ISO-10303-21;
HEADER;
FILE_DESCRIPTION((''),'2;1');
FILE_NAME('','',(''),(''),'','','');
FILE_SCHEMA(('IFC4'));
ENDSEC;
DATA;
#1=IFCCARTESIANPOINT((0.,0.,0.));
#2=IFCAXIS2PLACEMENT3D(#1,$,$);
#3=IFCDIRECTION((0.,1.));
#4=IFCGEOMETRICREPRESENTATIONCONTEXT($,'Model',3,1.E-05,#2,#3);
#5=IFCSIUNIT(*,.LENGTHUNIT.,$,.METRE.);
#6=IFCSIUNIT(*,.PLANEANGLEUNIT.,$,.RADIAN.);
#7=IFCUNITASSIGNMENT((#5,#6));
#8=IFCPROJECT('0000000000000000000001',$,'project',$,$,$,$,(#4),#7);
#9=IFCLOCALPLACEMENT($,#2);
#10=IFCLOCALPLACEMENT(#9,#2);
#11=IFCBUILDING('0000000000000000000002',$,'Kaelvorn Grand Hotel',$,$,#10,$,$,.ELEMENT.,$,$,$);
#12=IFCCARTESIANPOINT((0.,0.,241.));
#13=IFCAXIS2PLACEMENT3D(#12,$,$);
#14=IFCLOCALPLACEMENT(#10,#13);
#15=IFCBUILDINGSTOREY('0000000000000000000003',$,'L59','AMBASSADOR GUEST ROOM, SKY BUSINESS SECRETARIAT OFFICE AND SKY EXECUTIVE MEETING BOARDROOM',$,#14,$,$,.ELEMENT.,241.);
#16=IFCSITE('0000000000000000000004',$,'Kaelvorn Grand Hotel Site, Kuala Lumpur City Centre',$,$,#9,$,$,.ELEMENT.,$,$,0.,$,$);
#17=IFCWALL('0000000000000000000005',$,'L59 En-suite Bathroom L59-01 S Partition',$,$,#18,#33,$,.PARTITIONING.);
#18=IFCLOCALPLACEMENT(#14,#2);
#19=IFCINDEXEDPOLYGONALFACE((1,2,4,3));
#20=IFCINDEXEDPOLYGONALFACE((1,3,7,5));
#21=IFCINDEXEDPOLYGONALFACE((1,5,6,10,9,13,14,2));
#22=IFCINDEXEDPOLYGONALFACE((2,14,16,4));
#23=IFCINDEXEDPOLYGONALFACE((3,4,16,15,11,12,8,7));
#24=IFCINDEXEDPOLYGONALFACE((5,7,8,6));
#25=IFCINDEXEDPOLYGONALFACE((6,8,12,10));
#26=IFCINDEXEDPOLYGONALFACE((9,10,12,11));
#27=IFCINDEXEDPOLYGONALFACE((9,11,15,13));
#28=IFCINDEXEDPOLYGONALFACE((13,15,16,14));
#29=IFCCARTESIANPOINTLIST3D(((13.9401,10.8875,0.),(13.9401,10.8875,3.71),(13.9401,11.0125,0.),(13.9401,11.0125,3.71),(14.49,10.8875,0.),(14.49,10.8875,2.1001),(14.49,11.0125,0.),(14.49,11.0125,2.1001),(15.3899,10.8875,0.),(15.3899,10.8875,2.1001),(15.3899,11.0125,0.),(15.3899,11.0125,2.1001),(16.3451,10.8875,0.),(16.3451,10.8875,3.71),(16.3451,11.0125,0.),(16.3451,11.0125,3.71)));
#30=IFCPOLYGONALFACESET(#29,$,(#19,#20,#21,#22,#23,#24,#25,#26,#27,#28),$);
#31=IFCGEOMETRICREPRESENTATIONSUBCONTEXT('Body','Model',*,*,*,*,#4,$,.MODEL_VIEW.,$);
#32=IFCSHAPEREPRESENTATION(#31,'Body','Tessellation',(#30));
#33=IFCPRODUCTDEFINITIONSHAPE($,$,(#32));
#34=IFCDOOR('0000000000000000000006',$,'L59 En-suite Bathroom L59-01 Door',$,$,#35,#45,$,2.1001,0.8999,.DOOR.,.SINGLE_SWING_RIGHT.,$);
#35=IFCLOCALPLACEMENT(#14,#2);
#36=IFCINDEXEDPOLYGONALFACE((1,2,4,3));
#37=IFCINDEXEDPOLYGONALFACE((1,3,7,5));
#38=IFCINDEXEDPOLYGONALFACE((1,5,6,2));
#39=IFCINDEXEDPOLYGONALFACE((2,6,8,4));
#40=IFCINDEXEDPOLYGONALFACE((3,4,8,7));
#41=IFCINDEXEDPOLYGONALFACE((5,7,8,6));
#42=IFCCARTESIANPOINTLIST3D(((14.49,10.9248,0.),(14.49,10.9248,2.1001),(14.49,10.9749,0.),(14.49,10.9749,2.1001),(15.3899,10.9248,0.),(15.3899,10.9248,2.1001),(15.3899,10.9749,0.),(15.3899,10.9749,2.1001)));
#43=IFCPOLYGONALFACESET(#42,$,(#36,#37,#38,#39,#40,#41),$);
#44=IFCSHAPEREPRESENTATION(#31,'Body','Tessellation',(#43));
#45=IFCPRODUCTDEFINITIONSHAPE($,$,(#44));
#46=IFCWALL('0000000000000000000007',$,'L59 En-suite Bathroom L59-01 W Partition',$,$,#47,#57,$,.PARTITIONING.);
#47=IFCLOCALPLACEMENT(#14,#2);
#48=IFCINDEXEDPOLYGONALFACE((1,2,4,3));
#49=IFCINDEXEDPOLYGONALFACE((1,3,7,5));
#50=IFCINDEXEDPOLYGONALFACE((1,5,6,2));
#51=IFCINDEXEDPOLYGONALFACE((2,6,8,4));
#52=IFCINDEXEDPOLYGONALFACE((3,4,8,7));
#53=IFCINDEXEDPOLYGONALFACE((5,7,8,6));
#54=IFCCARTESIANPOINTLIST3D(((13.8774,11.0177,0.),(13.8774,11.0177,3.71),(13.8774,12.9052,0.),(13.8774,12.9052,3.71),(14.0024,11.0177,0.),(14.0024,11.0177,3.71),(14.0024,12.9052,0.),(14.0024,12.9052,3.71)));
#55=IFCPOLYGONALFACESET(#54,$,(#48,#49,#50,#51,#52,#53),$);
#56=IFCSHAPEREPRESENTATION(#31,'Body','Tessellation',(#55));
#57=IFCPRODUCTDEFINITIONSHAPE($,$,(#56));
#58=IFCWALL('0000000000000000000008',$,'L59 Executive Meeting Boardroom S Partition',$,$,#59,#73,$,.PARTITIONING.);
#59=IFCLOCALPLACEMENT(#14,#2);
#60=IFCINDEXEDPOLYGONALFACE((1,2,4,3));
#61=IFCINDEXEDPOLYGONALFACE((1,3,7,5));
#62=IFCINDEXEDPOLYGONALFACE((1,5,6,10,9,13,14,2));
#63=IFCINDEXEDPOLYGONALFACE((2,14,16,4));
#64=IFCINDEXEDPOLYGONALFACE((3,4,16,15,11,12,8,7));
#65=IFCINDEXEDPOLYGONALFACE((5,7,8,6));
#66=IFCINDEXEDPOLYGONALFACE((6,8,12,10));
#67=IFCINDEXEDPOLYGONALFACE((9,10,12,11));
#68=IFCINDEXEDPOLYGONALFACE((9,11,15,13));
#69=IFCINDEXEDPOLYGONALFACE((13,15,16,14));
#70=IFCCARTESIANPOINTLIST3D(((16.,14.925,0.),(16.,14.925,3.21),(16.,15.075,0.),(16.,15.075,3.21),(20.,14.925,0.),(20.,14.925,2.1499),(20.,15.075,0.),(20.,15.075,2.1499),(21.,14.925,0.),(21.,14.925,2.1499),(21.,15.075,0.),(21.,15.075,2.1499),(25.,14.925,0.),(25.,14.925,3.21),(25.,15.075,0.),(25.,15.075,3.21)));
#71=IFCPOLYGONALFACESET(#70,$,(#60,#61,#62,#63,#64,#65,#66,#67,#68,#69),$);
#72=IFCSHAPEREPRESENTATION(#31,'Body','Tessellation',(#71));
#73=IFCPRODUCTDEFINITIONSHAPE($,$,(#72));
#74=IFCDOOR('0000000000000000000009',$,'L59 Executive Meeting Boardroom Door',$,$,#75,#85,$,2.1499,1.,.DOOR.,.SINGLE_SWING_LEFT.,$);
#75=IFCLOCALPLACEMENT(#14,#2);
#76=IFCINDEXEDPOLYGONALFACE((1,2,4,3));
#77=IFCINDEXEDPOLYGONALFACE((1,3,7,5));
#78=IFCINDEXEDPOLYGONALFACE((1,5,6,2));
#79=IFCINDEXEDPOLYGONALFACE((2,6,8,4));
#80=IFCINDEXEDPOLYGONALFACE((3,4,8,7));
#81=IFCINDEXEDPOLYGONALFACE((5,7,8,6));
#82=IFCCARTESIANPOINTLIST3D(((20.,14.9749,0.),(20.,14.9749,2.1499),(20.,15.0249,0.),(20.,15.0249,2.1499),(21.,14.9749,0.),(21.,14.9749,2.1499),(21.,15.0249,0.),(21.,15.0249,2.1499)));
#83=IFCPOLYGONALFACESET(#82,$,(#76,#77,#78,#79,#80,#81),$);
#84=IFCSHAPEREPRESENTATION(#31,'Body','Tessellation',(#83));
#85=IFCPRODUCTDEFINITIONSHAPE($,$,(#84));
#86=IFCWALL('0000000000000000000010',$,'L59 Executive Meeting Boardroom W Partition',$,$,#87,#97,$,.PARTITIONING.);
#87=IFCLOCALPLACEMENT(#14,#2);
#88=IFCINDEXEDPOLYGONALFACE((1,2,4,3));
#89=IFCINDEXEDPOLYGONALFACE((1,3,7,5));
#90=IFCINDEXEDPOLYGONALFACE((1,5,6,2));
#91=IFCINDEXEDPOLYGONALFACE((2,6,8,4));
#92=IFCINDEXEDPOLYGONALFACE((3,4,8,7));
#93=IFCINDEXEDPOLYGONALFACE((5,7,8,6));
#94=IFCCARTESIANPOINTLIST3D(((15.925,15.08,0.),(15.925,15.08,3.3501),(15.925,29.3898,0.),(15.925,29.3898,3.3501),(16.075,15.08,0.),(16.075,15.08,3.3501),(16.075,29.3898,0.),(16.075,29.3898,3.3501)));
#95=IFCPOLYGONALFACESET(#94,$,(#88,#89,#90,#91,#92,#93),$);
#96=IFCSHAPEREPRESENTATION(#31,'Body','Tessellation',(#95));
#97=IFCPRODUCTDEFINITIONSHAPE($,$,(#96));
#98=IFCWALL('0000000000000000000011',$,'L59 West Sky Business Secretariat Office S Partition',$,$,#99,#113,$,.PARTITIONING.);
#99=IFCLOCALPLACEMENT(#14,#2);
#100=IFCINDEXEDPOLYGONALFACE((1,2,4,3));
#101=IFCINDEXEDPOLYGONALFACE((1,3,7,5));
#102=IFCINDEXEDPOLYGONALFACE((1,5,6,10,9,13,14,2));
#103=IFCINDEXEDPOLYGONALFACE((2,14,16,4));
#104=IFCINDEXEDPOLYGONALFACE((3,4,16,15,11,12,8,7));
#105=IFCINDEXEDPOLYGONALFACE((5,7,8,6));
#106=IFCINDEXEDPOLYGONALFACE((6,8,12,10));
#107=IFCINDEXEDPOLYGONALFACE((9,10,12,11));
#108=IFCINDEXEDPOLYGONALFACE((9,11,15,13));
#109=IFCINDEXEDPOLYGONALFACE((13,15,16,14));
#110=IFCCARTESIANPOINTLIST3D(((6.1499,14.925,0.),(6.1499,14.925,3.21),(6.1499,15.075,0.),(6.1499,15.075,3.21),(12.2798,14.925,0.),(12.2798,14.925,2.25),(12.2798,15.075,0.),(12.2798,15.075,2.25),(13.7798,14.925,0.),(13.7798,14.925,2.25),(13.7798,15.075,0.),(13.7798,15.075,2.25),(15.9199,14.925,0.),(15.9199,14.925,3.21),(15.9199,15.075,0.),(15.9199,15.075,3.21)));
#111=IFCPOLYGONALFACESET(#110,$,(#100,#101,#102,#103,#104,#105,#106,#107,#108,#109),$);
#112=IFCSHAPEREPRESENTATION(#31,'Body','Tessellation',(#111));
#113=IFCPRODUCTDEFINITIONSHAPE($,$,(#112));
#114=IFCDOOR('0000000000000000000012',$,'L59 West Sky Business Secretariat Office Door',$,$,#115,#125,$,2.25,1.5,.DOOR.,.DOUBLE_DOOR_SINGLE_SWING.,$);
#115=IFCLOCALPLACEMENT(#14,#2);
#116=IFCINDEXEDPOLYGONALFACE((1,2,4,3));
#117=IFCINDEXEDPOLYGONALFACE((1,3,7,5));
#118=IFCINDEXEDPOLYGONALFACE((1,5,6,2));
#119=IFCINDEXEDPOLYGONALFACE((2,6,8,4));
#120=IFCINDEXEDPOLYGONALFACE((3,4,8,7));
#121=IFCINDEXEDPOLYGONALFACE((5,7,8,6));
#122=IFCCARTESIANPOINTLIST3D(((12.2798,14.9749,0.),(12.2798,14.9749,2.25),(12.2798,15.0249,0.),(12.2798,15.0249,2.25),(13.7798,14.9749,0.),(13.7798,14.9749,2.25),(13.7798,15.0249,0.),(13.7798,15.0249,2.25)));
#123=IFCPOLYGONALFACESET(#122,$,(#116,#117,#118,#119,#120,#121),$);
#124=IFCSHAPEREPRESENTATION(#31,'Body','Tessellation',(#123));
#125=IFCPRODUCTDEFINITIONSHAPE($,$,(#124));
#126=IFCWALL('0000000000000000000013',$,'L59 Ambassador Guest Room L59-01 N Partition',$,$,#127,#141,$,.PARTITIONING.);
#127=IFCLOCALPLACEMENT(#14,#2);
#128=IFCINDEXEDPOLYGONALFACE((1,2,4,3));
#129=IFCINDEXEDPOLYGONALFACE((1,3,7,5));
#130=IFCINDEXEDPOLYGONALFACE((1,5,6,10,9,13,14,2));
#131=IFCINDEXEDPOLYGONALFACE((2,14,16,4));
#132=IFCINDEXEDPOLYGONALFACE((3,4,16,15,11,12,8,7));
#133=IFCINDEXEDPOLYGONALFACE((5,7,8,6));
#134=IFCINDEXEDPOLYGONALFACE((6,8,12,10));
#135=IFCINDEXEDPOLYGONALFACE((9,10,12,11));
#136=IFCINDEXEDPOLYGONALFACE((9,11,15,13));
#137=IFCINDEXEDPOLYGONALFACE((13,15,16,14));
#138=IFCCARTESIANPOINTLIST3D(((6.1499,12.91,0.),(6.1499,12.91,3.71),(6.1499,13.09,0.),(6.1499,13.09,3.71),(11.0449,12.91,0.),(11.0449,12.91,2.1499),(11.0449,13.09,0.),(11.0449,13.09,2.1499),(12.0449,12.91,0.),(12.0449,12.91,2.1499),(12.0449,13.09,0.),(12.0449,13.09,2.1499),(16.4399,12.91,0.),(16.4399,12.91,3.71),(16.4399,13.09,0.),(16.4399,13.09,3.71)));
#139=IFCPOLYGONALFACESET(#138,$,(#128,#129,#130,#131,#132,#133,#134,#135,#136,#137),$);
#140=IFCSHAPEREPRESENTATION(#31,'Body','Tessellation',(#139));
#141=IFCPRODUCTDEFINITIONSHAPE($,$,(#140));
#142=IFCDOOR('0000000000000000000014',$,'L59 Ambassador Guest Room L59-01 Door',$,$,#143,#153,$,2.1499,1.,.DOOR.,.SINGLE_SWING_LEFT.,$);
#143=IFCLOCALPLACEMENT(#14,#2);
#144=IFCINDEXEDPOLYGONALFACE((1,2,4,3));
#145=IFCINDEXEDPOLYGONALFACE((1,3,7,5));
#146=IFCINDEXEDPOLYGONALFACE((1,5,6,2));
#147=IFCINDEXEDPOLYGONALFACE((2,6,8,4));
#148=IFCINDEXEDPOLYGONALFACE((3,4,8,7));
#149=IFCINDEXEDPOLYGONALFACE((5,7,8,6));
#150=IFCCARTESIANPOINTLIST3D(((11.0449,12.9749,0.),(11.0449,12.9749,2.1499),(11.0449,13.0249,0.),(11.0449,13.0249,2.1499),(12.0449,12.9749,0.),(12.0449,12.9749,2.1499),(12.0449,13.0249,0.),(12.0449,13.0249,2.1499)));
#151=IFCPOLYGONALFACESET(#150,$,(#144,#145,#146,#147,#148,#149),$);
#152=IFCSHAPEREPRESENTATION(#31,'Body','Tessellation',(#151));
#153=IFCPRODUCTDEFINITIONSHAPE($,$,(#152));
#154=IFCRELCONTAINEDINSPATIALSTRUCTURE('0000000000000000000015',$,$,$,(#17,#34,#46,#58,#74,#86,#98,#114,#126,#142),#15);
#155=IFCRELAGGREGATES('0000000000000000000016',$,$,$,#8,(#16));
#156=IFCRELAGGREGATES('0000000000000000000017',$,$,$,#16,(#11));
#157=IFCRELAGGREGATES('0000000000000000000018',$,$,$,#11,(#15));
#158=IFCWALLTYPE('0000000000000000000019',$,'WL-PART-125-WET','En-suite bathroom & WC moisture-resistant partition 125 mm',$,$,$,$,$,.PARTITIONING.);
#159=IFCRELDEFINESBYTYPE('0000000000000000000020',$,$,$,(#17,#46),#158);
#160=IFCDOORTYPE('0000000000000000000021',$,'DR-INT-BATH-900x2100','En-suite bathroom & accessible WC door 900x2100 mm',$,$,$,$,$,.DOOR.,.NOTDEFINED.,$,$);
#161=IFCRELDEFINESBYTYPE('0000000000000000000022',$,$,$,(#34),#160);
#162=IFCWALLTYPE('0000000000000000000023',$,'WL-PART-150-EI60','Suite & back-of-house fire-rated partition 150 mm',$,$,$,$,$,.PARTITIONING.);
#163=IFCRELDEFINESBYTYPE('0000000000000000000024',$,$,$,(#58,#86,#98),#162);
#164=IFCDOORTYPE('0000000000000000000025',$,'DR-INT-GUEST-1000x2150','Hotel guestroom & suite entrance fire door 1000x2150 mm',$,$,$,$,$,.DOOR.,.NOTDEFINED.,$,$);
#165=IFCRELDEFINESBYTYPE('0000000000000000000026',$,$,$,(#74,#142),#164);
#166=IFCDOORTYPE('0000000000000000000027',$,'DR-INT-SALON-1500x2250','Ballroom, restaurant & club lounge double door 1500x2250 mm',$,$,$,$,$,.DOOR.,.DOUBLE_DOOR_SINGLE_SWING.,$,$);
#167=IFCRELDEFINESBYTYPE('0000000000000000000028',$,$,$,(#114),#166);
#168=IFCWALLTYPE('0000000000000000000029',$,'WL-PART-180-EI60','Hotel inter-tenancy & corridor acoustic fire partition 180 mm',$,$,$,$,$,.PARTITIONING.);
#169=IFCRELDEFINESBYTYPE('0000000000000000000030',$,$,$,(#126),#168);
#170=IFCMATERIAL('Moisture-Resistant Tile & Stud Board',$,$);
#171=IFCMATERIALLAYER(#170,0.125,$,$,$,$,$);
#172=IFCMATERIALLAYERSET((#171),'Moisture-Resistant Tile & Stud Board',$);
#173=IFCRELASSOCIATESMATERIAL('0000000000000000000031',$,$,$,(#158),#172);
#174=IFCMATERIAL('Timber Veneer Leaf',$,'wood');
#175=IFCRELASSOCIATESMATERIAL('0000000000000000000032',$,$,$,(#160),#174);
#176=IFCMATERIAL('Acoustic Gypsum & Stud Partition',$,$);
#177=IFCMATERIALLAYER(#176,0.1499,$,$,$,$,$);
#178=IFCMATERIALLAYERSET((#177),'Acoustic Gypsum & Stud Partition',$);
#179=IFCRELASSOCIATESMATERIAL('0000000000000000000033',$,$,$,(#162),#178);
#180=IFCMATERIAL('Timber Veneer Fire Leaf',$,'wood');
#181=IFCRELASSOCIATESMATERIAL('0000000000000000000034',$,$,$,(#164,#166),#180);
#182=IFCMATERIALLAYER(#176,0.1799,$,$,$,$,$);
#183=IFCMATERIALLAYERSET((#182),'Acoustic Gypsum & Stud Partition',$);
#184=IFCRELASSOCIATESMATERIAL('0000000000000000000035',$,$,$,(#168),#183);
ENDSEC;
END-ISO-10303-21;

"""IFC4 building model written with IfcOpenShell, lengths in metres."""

from ifc_helpers import new_model, si_unit, direction, frame, frame_2d, origin, place, context, subcontext, project, spatial, rectangle, extrude, material, layer, layer_set, type_object, element, fill, save


model = new_model("IFC4")

# Units and contexts
model_context = context("Model", 3, precision=1e-05, world=origin(), true_north=direction((0.0, 1.0)))
body_context = subcontext(model_context, "Body", "Model", "MODEL_VIEW")
ifc_project = project(units=[si_unit("LENGTHUNIT", "METRE"), si_unit("PLANEANGLEUNIT", "RADIAN")], contexts=[model_context])

# Site, building, storey
site_placement = place(None, origin())
site = spatial("IfcSite", under=ifc_project, at=site_placement, Name="Kaelvorn Grand Hotel Site, Kuala Lumpur City Centre", CompositionType="ELEMENT", RefElevation=0.0)
building_placement = place(site_placement, origin())
building = spatial("IfcBuilding", under=site, at=building_placement, Name="Kaelvorn Grand Hotel", CompositionType="ELEMENT")
storey_placement = place(building_placement, frame((0.0, 0.0, 241.0)))
storey = spatial("IfcBuildingStorey", under=building, at=storey_placement, Name="L59", Description="AMBASSADOR GUEST ROOM, SKY BUSINESS SECRETARIAT OFFICE AND SKY EXECUTIVE MEETING BOARDROOM", CompositionType="ELEMENT", Elevation=241.0)

# Wall, opening, door
ifc_material_1 = material(Name="Moisture-Resistant Tile & Stud Board")
ifc_layer_1 = layer(ifc_material_1, 0.125)
ifc_layer_set_1 = layer_set([ifc_layer_1], Name="Moisture-Resistant Tile & Stud Board")
wall_type_1 = type_object("IfcWallType", Name="WL-PART-125-WET", Description="En-suite bathroom & WC moisture-resistant partition 125 mm", PredefinedType="PARTITIONING", material=ifc_layer_set_1)
wall_1_placement = place(storey_placement, frame((13.9399, 10.95, 0.0), z_axis=(0.0, 0.0, 1.0), x_axis=(1.0, 0.0, 0.0)))
wall_1 = element("IfcWall", 1, at=wall_1_placement, inside=storey, type_object=wall_type_1, Name="L59 En-suite Bathroom L59-01 S Partition", PredefinedType="PARTITIONING", context=body_context, shape_type="SweptSolid", body=[
    extrude(rectangle(XDim=2.405, YDim=0.125, at=frame_2d((1.2026, 0.0))), origin(), (0.0, 0.0, 1.0), 3.71),
])
opening_1_placement = place(wall_1_placement, frame((0.55, 0.0, 0.0)))
opening_1 = element("IfcOpeningElement", 2, at=opening_1_placement, cuts=wall_1, PredefinedType="OPENING", context=body_context, shape_type="SweptSolid", body=[
    extrude(rectangle(XDim=0.8999, YDim=2.1001, at=frame_2d((0.45, 1.05))), frame((0.0, 0.0725, 0.0), z_axis=(0.0, -1.0, 0.0), x_axis=(1.0, 0.0, 0.0)), (0.0, 0.0, 1.0), 0.145),
])
ifc_material_2 = material(Name="Timber Veneer Leaf", Category="wood")
door_type_1 = type_object("IfcDoorType", Name="DR-INT-BATH-900x2100", Description="En-suite bathroom & accessible WC door 900x2100 mm", OperationType="NOTDEFINED", PredefinedType="DOOR", material=ifc_material_2)
door_1_placement = place(opening_1_placement, origin())
door_1 = element("IfcDoor", 3, at=door_1_placement, inside=storey, type_object=door_type_1, Name="L59 En-suite Bathroom L59-01 Door", OperationType="SINGLE_SWING_RIGHT", OverallHeight=2.1001, OverallWidth=0.8999, PredefinedType="DOOR", context=body_context, shape_type="SweptSolid", body=[
    extrude(rectangle(XDim=0.8999, YDim=2.1001, at=frame_2d((0.45, 1.05))), frame((0.0, 0.0249, 0.0), z_axis=(0.0, -1.0, 0.0), x_axis=(1.0, 0.0, 0.0)), (0.0, 0.0, 1.0), 0.05),
])
fill(opening_1, door_1)

# Wall
wall_2_placement = place(storey_placement, frame((13.9399, 11.0176, 0.0), z_axis=(0.0, 0.0, 1.0), x_axis=(0.0, 1.0, 0.0)))
element("IfcWall", 4, at=wall_2_placement, inside=storey, type_object=wall_type_1, Name="L59 En-suite Bathroom L59-01 W Partition", PredefinedType="PARTITIONING", context=body_context, shape_type="SweptSolid", body=[
    extrude(rectangle(XDim=1.8875, YDim=0.125, at=frame_2d((0.9438, 0.0))), origin(), (0.0, 0.0, 1.0), 3.71),
])

# Wall, opening, door
ifc_material_3 = material(Name="Acoustic Gypsum & Stud Partition")
ifc_layer_2 = layer(ifc_material_3, 0.1499)
ifc_layer_set_2 = layer_set([ifc_layer_2], Name="Acoustic Gypsum & Stud Partition")
wall_type_2 = type_object("IfcWallType", Name="WL-PART-150-EI60", Description="Suite & back-of-house fire-rated partition 150 mm", PredefinedType="PARTITIONING", material=ifc_layer_set_2)
wall_3_placement = place(storey_placement, frame((16.0, 15.0, 0.0), z_axis=(0.0, 0.0, 1.0), x_axis=(1.0, 0.0, 0.0)))
wall_3 = element("IfcWall", 5, at=wall_3_placement, inside=storey, type_object=wall_type_2, Name="L59 Executive Meeting Boardroom S Partition", PredefinedType="PARTITIONING", context=body_context, shape_type="SweptSolid", body=[
    extrude(rectangle(XDim=9.0, YDim=0.1499, at=frame_2d((4.5, 0.0))), origin(), (0.0, 0.0, 1.0), 3.21),
])
opening_2_placement = place(wall_3_placement, frame((4.0, 0.0, 0.0)))
opening_2 = element("IfcOpeningElement", 6, at=opening_2_placement, cuts=wall_3, PredefinedType="OPENING", context=body_context, shape_type="SweptSolid", body=[
    extrude(rectangle(XDim=1.0, YDim=2.1499, at=frame_2d((0.5, 1.075))), frame((0.0, 0.085, 0.0), z_axis=(0.0, -1.0, 0.0), x_axis=(1.0, 0.0, 0.0)), (0.0, 0.0, 1.0), 0.1699),
])
ifc_material_4 = material(Name="Timber Veneer Fire Leaf", Category="wood")
door_type_2 = type_object("IfcDoorType", Name="DR-INT-GUEST-1000x2150", Description="Hotel guestroom & suite entrance fire door 1000x2150 mm", OperationType="NOTDEFINED", PredefinedType="DOOR", material=ifc_material_4)
door_2_placement = place(opening_2_placement, origin())
door_2 = element("IfcDoor", 7, at=door_2_placement, inside=storey, type_object=door_type_2, Name="L59 Executive Meeting Boardroom Door", OperationType="SINGLE_SWING_LEFT", OverallHeight=2.1499, OverallWidth=1.0, PredefinedType="DOOR", context=body_context, shape_type="SweptSolid", body=[
    extrude(rectangle(XDim=1.0, YDim=2.1499, at=frame_2d((0.5, 1.075))), frame((0.0, 0.0249, 0.0), z_axis=(0.0, -1.0, 0.0), x_axis=(1.0, 0.0, 0.0)), (0.0, 0.0, 1.0), 0.05),
])
fill(opening_2, door_2)

# Wall
wall_4_placement = place(storey_placement, frame((16.0, 15.0801, 0.0), z_axis=(0.0, 0.0, 1.0), x_axis=(0.0, 1.0, 0.0)))
element("IfcWall", 8, at=wall_4_placement, inside=storey, type_object=wall_type_2, Name="L59 Executive Meeting Boardroom W Partition", PredefinedType="PARTITIONING", context=body_context, shape_type="SweptSolid", body=[
    extrude(rectangle(XDim=14.3098, YDim=0.1499, at=frame_2d((7.1548, 0.0))), origin(), (0.0, 0.0, 1.0), 3.3501),
])

# Walls, openings, doors
wall_5_placement = place(storey_placement, frame((6.1499, 15.0, 0.0), z_axis=(0.0, 0.0, 1.0), x_axis=(1.0, 0.0, 0.0)))
wall_5 = element("IfcWall", 9, at=wall_5_placement, inside=storey, type_object=wall_type_2, Name="L59 West Sky Business Secretariat Office S Partition", PredefinedType="PARTITIONING", context=body_context, shape_type="SweptSolid", body=[
    extrude(rectangle(XDim=9.77, YDim=0.1499, at=frame_2d((4.885, 0.0))), origin(), (0.0, 0.0, 1.0), 3.21),
])
opening_3_placement = place(wall_5_placement, frame((6.1299, 0.0, 0.0)))
opening_3 = element("IfcOpeningElement", 10, at=opening_3_placement, cuts=wall_5, PredefinedType="OPENING", context=body_context, shape_type="SweptSolid", body=[
    extrude(rectangle(XDim=1.5, YDim=2.25, at=frame_2d((0.75, 1.125))), frame((0.0, 0.085, 0.0), z_axis=(0.0, -1.0, 0.0), x_axis=(1.0, 0.0, 0.0)), (0.0, 0.0, 1.0), 0.1699),
])
door_type_3 = type_object("IfcDoorType", Name="DR-INT-SALON-1500x2250", Description="Ballroom, restaurant & club lounge double door 1500x2250 mm", OperationType="DOUBLE_DOOR_SINGLE_SWING", PredefinedType="DOOR", material=ifc_material_4)
door_3_placement = place(opening_3_placement, origin())
door_3 = element("IfcDoor", 11, at=door_3_placement, inside=storey, type_object=door_type_3, Name="L59 West Sky Business Secretariat Office Door", OperationType="DOUBLE_DOOR_SINGLE_SWING", OverallHeight=2.25, OverallWidth=1.5, PredefinedType="DOOR", context=body_context, shape_type="SweptSolid", body=[
    extrude(rectangle(XDim=1.5, YDim=2.25, at=frame_2d((0.75, 1.125))), frame((0.0, 0.0249, 0.0), z_axis=(0.0, -1.0, 0.0), x_axis=(1.0, 0.0, 0.0)), (0.0, 0.0, 1.0), 0.05),
])
fill(opening_3, door_3)
ifc_layer_3 = layer(ifc_material_3, 0.1799)
ifc_layer_set_3 = layer_set([ifc_layer_3], Name="Acoustic Gypsum & Stud Partition")
wall_type_3 = type_object("IfcWallType", Name="WL-PART-180-EI60", Description="Hotel inter-tenancy & corridor acoustic fire partition 180 mm", PredefinedType="PARTITIONING", material=ifc_layer_set_3)
wall_6_placement = place(storey_placement, frame((6.1499, 13.0, 0.0), z_axis=(0.0, 0.0, 1.0), x_axis=(1.0, 0.0, 0.0)))
wall_6 = element("IfcWall", 12, at=wall_6_placement, inside=storey, type_object=wall_type_3, Name="L59 Ambassador Guest Room L59-01 N Partition", PredefinedType="PARTITIONING", context=body_context, shape_type="SweptSolid", body=[
    extrude(rectangle(XDim=10.29, YDim=0.1799, at=frame_2d((5.145, 0.0))), origin(), (0.0, 0.0, 1.0), 3.71),
])
opening_4_placement = place(wall_6_placement, frame((4.895, 0.0, 0.0)))
opening_4 = element("IfcOpeningElement", 13, at=opening_4_placement, cuts=wall_6, PredefinedType="OPENING", context=body_context, shape_type="SweptSolid", body=[
    extrude(rectangle(XDim=1.0, YDim=2.1499, at=frame_2d((0.5, 1.075))), frame((0.0, 0.1001, 0.0), z_axis=(0.0, -1.0, 0.0), x_axis=(1.0, 0.0, 0.0)), (0.0, 0.0, 1.0), 0.2),
])
door_4_placement = place(opening_4_placement, origin())
door_4 = element("IfcDoor", 14, at=door_4_placement, inside=storey, type_object=door_type_2, Name="L59 Ambassador Guest Room L59-01 Door", OperationType="SINGLE_SWING_LEFT", OverallHeight=2.1499, OverallWidth=1.0, PredefinedType="DOOR", context=body_context, shape_type="SweptSolid", body=[
    extrude(rectangle(XDim=1.0, YDim=2.1499, at=frame_2d((0.5, 1.075))), frame((0.0, 0.0249, 0.0), z_axis=(0.0, -1.0, 0.0), x_axis=(1.0, 0.0, 0.0)), (0.0, 0.0, 1.0), 0.05),
])
fill(opening_4, door_4)

save(model, "model.ifc")
